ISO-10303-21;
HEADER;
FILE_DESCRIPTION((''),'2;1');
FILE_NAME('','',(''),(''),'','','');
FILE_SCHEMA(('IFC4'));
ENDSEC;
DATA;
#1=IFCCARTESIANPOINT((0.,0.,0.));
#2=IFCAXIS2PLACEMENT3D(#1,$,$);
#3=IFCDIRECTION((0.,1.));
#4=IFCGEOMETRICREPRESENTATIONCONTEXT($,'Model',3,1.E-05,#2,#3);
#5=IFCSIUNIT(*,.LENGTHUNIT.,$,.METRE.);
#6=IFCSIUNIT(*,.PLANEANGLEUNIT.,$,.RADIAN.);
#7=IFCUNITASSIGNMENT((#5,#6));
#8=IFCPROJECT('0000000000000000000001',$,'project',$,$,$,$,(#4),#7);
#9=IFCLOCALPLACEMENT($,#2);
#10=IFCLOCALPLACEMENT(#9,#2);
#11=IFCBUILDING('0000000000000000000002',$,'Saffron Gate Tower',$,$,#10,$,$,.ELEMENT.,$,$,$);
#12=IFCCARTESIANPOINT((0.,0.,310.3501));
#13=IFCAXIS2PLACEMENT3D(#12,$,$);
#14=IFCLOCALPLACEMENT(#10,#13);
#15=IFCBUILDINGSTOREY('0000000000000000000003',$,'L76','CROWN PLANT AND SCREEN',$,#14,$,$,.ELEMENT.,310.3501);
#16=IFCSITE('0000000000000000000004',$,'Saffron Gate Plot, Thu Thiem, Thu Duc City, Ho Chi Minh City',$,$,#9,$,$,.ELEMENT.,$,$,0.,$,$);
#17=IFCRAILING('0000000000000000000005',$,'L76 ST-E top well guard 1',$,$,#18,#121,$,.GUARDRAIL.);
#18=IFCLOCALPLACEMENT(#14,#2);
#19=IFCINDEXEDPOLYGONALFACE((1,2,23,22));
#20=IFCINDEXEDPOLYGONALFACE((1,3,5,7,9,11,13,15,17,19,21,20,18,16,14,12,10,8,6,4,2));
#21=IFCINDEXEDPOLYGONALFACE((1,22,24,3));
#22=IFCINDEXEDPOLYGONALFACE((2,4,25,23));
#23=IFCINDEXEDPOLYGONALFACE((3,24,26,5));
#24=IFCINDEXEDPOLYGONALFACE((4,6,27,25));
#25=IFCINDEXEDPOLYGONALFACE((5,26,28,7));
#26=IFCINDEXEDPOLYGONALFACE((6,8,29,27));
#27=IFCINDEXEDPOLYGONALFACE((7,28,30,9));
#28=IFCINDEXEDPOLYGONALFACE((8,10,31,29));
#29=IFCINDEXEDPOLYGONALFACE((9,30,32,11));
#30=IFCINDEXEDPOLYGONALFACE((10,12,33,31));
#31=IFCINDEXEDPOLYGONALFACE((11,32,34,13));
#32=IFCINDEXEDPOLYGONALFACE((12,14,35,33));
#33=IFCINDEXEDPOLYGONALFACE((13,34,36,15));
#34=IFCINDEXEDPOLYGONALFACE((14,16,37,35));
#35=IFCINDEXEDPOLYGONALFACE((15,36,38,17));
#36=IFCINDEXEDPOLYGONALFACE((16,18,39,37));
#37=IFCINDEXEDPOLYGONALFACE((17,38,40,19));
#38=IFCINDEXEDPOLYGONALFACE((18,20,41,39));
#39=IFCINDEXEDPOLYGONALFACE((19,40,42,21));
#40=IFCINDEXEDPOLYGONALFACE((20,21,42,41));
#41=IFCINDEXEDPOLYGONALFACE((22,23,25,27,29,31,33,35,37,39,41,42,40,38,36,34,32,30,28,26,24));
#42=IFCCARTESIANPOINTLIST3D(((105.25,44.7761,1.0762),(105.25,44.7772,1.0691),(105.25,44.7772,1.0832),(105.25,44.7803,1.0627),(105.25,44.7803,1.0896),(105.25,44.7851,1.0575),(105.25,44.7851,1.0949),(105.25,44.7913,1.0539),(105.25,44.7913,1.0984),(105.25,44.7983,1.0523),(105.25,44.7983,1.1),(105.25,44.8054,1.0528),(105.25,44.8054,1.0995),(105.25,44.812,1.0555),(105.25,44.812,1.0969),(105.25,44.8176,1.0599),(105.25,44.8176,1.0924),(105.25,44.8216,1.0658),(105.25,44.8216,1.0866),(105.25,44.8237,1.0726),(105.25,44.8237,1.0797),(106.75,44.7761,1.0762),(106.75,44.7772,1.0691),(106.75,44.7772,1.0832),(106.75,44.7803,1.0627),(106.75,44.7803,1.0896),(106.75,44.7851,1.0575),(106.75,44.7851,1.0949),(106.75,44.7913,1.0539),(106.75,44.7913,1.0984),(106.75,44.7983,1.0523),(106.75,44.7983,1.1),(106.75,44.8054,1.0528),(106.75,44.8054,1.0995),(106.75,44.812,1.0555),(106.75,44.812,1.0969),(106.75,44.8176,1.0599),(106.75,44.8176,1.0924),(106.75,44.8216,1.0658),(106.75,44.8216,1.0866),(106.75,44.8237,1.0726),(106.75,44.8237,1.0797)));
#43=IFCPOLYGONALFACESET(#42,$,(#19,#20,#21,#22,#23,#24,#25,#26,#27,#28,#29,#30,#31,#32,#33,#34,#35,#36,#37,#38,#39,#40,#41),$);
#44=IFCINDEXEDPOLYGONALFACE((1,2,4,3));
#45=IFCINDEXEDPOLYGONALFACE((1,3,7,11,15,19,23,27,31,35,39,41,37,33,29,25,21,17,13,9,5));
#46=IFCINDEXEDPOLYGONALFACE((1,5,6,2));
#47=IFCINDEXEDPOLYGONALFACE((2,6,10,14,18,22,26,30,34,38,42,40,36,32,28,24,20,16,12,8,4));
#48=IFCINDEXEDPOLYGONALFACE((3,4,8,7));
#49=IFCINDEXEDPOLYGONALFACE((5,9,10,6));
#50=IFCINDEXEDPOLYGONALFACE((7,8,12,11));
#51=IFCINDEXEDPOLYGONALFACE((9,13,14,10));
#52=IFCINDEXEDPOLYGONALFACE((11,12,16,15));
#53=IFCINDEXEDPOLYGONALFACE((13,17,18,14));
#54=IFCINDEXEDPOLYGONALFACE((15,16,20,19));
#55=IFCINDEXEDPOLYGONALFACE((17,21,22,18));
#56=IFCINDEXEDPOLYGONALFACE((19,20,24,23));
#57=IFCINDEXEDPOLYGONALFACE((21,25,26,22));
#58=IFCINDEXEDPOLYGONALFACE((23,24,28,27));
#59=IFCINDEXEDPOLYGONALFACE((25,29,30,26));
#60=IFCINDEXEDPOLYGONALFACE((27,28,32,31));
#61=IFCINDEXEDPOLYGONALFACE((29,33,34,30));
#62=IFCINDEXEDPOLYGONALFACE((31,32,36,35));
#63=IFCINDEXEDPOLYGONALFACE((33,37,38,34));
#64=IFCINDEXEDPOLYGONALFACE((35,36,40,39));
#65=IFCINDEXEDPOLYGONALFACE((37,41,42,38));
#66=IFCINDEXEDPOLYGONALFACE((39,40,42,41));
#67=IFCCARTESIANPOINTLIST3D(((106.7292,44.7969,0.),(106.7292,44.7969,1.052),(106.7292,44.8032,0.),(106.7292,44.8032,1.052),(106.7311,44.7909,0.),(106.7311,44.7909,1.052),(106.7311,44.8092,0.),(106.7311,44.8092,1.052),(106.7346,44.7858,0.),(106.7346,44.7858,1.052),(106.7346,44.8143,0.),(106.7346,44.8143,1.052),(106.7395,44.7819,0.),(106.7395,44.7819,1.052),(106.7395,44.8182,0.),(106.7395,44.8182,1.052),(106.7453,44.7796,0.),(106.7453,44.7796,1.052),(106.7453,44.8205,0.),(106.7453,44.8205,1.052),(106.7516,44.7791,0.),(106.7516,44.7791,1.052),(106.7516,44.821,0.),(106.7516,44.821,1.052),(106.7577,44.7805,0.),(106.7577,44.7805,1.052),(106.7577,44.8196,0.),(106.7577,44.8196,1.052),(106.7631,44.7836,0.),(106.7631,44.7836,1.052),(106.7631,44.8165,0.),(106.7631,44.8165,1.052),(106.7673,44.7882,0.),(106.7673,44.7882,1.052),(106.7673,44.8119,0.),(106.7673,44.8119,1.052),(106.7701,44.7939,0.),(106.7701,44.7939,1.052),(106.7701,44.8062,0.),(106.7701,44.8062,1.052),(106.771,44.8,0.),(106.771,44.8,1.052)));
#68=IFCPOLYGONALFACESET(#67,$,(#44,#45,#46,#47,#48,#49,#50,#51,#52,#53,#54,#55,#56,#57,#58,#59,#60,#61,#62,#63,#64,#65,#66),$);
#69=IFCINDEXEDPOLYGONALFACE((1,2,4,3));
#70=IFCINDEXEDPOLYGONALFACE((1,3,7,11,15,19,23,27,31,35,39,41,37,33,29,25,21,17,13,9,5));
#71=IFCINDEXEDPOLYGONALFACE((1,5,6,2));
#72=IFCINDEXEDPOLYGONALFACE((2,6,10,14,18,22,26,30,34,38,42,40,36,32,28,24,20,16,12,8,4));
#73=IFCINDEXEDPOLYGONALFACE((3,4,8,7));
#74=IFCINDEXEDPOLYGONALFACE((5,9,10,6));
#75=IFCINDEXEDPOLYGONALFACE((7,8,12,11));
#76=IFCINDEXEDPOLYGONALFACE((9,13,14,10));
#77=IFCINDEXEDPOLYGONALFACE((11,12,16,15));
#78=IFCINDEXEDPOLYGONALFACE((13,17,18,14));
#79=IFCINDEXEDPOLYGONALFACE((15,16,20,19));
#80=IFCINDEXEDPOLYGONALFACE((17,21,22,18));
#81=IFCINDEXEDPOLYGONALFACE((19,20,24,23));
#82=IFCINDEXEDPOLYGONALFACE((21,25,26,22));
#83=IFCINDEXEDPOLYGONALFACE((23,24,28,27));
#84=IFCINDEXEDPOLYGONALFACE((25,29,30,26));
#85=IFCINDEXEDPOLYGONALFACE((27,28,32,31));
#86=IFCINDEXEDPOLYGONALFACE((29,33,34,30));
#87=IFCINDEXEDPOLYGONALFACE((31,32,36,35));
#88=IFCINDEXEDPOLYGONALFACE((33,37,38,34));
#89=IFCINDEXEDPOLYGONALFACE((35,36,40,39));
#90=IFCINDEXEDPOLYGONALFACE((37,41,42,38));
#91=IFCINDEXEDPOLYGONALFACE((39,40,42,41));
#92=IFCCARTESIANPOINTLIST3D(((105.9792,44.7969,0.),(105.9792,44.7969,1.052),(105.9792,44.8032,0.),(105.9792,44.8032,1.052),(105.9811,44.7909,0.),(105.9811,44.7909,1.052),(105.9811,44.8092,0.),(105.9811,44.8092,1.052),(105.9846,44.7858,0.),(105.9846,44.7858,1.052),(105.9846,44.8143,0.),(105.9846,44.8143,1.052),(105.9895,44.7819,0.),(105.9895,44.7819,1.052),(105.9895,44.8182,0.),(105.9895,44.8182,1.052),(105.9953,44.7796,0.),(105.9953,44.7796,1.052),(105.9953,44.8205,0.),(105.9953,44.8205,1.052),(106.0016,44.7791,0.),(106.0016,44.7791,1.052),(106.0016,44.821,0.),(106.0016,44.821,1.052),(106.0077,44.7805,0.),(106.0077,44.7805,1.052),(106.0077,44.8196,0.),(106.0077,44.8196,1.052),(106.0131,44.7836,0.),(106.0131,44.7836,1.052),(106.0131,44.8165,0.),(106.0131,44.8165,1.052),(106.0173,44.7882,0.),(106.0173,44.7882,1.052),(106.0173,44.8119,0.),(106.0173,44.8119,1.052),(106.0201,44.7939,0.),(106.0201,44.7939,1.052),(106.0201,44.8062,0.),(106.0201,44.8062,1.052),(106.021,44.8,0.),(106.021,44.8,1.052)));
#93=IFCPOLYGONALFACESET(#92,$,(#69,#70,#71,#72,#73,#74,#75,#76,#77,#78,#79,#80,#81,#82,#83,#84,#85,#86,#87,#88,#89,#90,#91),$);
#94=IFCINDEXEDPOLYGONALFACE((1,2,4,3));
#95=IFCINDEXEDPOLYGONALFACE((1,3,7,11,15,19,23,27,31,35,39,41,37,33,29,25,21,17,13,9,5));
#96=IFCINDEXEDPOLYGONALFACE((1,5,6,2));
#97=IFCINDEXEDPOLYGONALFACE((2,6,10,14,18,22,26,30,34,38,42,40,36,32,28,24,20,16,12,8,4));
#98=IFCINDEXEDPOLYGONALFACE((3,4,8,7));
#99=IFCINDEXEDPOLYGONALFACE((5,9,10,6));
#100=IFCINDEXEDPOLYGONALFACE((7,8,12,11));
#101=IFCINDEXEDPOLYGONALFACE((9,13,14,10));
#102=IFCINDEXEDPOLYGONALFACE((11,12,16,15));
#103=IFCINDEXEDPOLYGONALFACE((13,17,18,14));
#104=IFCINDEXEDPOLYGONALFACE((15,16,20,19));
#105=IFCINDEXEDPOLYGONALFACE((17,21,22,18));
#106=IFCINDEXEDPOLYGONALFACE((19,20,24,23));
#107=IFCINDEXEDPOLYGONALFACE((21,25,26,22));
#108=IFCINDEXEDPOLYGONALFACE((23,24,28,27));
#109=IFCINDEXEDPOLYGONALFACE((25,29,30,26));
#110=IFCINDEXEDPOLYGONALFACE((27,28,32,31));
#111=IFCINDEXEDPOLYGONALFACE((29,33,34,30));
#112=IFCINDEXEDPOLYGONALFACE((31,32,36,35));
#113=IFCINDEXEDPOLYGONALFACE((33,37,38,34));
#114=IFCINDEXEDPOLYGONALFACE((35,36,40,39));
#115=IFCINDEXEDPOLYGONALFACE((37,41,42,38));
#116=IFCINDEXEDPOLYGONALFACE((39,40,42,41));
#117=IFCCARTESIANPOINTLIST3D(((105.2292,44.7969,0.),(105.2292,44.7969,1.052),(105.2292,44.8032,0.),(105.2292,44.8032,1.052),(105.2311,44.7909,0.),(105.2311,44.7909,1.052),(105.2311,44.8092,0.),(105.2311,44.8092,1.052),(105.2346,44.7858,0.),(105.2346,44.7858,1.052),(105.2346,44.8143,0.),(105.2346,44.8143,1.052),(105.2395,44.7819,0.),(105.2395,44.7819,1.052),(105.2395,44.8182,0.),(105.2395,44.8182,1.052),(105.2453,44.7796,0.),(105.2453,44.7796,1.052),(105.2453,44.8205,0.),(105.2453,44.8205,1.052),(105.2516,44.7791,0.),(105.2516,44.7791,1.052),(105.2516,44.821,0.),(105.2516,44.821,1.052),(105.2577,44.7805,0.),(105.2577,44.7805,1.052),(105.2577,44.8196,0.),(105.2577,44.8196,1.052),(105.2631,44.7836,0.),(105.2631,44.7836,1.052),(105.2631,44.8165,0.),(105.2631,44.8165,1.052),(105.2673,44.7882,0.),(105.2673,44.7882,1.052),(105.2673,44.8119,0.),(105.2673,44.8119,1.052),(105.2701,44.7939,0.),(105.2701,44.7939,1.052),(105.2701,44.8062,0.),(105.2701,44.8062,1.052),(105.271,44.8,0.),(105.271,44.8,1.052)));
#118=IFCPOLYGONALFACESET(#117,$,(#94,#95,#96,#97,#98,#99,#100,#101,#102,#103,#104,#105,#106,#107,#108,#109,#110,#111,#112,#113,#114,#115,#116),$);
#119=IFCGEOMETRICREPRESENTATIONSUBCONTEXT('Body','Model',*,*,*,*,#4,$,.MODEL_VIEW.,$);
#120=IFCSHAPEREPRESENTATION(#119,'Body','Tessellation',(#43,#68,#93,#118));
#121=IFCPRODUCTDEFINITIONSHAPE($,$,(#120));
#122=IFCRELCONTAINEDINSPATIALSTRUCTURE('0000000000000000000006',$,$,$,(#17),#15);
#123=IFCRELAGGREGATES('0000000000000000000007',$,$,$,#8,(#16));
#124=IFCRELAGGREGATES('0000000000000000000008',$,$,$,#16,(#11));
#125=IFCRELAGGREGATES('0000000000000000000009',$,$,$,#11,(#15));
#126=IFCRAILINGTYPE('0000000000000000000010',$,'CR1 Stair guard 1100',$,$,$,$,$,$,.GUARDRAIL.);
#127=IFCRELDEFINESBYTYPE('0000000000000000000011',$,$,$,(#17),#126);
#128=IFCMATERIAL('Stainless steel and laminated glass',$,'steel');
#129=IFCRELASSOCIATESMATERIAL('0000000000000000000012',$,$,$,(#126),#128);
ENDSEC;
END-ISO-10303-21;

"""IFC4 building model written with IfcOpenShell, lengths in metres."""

from ifc_helpers import new_model, si_unit, direction, frame, origin, origin_2d, place, context, subcontext, project, spatial, circle, extrude, material, type_object, element, save


model = new_model("IFC4")

# Units and contexts
model_context = context("Model", 3, precision=1e-05, world=origin(), true_north=direction((0.0, 1.0)))
body_context = subcontext(model_context, "Body", "Model", "MODEL_VIEW")
ifc_project = project(units=[si_unit("LENGTHUNIT", "METRE"), si_unit("PLANEANGLEUNIT", "RADIAN")], contexts=[model_context])

# Site, building, storey
site_placement = place(None, origin())
site = spatial("IfcSite", under=ifc_project, at=site_placement, Name="Saffron Gate Plot, Thu Thiem, Thu Duc City, Ho Chi Minh City", CompositionType="ELEMENT", RefElevation=0.0)
building_placement = place(site_placement, origin())
building = spatial("IfcBuilding", under=site, at=building_placement, Name="Saffron Gate Tower", CompositionType="ELEMENT")
storey_placement = place(building_placement, frame((0.0, 0.0, 310.3501)))
storey = spatial("IfcBuildingStorey", under=building, at=storey_placement, Name="L76", Description="CROWN PLANT AND SCREEN", CompositionType="ELEMENT", Elevation=310.3501)

# Railing
ifc_material_1 = material(Name="Stainless steel and laminated glass", Category="steel")
railing_type = type_object("IfcRailingType", Name="CR1 Stair guard 1100", PredefinedType="GUARDRAIL", material=ifc_material_1)
railing_placement = place(storey_placement, frame((106.75, 44.8, 0.0)))
element("IfcRailing", 1, at=railing_placement, inside=storey, type_object=railing_type, Name="L76 ST-E top well guard 1", PredefinedType="GUARDRAIL", context=body_context, shape_type="SweptSolid", body=[
    extrude(circle(Radius=0.0239, at=origin_2d()), frame((0.0, 0.0, 1.0762), z_axis=(-1.0, 0.0, 0.0), x_axis=(0.0, -1.0, 0.0)), (0.0, 0.0, 1.0), 1.5),
    extrude(circle(Radius=0.021, at=origin_2d()), origin(), (0.0, 0.0, 1.0), 1.052),
    extrude(circle(Radius=0.021, at=origin_2d()), frame((-0.75, 0.0, 0.0)), (0.0, 0.0, 1.0), 1.052),
    extrude(circle(Radius=0.021, at=origin_2d()), frame((-1.5, 0.0, 0.0)), (0.0, 0.0, 1.0), 1.052),
])

save(model, "model.ifc")
